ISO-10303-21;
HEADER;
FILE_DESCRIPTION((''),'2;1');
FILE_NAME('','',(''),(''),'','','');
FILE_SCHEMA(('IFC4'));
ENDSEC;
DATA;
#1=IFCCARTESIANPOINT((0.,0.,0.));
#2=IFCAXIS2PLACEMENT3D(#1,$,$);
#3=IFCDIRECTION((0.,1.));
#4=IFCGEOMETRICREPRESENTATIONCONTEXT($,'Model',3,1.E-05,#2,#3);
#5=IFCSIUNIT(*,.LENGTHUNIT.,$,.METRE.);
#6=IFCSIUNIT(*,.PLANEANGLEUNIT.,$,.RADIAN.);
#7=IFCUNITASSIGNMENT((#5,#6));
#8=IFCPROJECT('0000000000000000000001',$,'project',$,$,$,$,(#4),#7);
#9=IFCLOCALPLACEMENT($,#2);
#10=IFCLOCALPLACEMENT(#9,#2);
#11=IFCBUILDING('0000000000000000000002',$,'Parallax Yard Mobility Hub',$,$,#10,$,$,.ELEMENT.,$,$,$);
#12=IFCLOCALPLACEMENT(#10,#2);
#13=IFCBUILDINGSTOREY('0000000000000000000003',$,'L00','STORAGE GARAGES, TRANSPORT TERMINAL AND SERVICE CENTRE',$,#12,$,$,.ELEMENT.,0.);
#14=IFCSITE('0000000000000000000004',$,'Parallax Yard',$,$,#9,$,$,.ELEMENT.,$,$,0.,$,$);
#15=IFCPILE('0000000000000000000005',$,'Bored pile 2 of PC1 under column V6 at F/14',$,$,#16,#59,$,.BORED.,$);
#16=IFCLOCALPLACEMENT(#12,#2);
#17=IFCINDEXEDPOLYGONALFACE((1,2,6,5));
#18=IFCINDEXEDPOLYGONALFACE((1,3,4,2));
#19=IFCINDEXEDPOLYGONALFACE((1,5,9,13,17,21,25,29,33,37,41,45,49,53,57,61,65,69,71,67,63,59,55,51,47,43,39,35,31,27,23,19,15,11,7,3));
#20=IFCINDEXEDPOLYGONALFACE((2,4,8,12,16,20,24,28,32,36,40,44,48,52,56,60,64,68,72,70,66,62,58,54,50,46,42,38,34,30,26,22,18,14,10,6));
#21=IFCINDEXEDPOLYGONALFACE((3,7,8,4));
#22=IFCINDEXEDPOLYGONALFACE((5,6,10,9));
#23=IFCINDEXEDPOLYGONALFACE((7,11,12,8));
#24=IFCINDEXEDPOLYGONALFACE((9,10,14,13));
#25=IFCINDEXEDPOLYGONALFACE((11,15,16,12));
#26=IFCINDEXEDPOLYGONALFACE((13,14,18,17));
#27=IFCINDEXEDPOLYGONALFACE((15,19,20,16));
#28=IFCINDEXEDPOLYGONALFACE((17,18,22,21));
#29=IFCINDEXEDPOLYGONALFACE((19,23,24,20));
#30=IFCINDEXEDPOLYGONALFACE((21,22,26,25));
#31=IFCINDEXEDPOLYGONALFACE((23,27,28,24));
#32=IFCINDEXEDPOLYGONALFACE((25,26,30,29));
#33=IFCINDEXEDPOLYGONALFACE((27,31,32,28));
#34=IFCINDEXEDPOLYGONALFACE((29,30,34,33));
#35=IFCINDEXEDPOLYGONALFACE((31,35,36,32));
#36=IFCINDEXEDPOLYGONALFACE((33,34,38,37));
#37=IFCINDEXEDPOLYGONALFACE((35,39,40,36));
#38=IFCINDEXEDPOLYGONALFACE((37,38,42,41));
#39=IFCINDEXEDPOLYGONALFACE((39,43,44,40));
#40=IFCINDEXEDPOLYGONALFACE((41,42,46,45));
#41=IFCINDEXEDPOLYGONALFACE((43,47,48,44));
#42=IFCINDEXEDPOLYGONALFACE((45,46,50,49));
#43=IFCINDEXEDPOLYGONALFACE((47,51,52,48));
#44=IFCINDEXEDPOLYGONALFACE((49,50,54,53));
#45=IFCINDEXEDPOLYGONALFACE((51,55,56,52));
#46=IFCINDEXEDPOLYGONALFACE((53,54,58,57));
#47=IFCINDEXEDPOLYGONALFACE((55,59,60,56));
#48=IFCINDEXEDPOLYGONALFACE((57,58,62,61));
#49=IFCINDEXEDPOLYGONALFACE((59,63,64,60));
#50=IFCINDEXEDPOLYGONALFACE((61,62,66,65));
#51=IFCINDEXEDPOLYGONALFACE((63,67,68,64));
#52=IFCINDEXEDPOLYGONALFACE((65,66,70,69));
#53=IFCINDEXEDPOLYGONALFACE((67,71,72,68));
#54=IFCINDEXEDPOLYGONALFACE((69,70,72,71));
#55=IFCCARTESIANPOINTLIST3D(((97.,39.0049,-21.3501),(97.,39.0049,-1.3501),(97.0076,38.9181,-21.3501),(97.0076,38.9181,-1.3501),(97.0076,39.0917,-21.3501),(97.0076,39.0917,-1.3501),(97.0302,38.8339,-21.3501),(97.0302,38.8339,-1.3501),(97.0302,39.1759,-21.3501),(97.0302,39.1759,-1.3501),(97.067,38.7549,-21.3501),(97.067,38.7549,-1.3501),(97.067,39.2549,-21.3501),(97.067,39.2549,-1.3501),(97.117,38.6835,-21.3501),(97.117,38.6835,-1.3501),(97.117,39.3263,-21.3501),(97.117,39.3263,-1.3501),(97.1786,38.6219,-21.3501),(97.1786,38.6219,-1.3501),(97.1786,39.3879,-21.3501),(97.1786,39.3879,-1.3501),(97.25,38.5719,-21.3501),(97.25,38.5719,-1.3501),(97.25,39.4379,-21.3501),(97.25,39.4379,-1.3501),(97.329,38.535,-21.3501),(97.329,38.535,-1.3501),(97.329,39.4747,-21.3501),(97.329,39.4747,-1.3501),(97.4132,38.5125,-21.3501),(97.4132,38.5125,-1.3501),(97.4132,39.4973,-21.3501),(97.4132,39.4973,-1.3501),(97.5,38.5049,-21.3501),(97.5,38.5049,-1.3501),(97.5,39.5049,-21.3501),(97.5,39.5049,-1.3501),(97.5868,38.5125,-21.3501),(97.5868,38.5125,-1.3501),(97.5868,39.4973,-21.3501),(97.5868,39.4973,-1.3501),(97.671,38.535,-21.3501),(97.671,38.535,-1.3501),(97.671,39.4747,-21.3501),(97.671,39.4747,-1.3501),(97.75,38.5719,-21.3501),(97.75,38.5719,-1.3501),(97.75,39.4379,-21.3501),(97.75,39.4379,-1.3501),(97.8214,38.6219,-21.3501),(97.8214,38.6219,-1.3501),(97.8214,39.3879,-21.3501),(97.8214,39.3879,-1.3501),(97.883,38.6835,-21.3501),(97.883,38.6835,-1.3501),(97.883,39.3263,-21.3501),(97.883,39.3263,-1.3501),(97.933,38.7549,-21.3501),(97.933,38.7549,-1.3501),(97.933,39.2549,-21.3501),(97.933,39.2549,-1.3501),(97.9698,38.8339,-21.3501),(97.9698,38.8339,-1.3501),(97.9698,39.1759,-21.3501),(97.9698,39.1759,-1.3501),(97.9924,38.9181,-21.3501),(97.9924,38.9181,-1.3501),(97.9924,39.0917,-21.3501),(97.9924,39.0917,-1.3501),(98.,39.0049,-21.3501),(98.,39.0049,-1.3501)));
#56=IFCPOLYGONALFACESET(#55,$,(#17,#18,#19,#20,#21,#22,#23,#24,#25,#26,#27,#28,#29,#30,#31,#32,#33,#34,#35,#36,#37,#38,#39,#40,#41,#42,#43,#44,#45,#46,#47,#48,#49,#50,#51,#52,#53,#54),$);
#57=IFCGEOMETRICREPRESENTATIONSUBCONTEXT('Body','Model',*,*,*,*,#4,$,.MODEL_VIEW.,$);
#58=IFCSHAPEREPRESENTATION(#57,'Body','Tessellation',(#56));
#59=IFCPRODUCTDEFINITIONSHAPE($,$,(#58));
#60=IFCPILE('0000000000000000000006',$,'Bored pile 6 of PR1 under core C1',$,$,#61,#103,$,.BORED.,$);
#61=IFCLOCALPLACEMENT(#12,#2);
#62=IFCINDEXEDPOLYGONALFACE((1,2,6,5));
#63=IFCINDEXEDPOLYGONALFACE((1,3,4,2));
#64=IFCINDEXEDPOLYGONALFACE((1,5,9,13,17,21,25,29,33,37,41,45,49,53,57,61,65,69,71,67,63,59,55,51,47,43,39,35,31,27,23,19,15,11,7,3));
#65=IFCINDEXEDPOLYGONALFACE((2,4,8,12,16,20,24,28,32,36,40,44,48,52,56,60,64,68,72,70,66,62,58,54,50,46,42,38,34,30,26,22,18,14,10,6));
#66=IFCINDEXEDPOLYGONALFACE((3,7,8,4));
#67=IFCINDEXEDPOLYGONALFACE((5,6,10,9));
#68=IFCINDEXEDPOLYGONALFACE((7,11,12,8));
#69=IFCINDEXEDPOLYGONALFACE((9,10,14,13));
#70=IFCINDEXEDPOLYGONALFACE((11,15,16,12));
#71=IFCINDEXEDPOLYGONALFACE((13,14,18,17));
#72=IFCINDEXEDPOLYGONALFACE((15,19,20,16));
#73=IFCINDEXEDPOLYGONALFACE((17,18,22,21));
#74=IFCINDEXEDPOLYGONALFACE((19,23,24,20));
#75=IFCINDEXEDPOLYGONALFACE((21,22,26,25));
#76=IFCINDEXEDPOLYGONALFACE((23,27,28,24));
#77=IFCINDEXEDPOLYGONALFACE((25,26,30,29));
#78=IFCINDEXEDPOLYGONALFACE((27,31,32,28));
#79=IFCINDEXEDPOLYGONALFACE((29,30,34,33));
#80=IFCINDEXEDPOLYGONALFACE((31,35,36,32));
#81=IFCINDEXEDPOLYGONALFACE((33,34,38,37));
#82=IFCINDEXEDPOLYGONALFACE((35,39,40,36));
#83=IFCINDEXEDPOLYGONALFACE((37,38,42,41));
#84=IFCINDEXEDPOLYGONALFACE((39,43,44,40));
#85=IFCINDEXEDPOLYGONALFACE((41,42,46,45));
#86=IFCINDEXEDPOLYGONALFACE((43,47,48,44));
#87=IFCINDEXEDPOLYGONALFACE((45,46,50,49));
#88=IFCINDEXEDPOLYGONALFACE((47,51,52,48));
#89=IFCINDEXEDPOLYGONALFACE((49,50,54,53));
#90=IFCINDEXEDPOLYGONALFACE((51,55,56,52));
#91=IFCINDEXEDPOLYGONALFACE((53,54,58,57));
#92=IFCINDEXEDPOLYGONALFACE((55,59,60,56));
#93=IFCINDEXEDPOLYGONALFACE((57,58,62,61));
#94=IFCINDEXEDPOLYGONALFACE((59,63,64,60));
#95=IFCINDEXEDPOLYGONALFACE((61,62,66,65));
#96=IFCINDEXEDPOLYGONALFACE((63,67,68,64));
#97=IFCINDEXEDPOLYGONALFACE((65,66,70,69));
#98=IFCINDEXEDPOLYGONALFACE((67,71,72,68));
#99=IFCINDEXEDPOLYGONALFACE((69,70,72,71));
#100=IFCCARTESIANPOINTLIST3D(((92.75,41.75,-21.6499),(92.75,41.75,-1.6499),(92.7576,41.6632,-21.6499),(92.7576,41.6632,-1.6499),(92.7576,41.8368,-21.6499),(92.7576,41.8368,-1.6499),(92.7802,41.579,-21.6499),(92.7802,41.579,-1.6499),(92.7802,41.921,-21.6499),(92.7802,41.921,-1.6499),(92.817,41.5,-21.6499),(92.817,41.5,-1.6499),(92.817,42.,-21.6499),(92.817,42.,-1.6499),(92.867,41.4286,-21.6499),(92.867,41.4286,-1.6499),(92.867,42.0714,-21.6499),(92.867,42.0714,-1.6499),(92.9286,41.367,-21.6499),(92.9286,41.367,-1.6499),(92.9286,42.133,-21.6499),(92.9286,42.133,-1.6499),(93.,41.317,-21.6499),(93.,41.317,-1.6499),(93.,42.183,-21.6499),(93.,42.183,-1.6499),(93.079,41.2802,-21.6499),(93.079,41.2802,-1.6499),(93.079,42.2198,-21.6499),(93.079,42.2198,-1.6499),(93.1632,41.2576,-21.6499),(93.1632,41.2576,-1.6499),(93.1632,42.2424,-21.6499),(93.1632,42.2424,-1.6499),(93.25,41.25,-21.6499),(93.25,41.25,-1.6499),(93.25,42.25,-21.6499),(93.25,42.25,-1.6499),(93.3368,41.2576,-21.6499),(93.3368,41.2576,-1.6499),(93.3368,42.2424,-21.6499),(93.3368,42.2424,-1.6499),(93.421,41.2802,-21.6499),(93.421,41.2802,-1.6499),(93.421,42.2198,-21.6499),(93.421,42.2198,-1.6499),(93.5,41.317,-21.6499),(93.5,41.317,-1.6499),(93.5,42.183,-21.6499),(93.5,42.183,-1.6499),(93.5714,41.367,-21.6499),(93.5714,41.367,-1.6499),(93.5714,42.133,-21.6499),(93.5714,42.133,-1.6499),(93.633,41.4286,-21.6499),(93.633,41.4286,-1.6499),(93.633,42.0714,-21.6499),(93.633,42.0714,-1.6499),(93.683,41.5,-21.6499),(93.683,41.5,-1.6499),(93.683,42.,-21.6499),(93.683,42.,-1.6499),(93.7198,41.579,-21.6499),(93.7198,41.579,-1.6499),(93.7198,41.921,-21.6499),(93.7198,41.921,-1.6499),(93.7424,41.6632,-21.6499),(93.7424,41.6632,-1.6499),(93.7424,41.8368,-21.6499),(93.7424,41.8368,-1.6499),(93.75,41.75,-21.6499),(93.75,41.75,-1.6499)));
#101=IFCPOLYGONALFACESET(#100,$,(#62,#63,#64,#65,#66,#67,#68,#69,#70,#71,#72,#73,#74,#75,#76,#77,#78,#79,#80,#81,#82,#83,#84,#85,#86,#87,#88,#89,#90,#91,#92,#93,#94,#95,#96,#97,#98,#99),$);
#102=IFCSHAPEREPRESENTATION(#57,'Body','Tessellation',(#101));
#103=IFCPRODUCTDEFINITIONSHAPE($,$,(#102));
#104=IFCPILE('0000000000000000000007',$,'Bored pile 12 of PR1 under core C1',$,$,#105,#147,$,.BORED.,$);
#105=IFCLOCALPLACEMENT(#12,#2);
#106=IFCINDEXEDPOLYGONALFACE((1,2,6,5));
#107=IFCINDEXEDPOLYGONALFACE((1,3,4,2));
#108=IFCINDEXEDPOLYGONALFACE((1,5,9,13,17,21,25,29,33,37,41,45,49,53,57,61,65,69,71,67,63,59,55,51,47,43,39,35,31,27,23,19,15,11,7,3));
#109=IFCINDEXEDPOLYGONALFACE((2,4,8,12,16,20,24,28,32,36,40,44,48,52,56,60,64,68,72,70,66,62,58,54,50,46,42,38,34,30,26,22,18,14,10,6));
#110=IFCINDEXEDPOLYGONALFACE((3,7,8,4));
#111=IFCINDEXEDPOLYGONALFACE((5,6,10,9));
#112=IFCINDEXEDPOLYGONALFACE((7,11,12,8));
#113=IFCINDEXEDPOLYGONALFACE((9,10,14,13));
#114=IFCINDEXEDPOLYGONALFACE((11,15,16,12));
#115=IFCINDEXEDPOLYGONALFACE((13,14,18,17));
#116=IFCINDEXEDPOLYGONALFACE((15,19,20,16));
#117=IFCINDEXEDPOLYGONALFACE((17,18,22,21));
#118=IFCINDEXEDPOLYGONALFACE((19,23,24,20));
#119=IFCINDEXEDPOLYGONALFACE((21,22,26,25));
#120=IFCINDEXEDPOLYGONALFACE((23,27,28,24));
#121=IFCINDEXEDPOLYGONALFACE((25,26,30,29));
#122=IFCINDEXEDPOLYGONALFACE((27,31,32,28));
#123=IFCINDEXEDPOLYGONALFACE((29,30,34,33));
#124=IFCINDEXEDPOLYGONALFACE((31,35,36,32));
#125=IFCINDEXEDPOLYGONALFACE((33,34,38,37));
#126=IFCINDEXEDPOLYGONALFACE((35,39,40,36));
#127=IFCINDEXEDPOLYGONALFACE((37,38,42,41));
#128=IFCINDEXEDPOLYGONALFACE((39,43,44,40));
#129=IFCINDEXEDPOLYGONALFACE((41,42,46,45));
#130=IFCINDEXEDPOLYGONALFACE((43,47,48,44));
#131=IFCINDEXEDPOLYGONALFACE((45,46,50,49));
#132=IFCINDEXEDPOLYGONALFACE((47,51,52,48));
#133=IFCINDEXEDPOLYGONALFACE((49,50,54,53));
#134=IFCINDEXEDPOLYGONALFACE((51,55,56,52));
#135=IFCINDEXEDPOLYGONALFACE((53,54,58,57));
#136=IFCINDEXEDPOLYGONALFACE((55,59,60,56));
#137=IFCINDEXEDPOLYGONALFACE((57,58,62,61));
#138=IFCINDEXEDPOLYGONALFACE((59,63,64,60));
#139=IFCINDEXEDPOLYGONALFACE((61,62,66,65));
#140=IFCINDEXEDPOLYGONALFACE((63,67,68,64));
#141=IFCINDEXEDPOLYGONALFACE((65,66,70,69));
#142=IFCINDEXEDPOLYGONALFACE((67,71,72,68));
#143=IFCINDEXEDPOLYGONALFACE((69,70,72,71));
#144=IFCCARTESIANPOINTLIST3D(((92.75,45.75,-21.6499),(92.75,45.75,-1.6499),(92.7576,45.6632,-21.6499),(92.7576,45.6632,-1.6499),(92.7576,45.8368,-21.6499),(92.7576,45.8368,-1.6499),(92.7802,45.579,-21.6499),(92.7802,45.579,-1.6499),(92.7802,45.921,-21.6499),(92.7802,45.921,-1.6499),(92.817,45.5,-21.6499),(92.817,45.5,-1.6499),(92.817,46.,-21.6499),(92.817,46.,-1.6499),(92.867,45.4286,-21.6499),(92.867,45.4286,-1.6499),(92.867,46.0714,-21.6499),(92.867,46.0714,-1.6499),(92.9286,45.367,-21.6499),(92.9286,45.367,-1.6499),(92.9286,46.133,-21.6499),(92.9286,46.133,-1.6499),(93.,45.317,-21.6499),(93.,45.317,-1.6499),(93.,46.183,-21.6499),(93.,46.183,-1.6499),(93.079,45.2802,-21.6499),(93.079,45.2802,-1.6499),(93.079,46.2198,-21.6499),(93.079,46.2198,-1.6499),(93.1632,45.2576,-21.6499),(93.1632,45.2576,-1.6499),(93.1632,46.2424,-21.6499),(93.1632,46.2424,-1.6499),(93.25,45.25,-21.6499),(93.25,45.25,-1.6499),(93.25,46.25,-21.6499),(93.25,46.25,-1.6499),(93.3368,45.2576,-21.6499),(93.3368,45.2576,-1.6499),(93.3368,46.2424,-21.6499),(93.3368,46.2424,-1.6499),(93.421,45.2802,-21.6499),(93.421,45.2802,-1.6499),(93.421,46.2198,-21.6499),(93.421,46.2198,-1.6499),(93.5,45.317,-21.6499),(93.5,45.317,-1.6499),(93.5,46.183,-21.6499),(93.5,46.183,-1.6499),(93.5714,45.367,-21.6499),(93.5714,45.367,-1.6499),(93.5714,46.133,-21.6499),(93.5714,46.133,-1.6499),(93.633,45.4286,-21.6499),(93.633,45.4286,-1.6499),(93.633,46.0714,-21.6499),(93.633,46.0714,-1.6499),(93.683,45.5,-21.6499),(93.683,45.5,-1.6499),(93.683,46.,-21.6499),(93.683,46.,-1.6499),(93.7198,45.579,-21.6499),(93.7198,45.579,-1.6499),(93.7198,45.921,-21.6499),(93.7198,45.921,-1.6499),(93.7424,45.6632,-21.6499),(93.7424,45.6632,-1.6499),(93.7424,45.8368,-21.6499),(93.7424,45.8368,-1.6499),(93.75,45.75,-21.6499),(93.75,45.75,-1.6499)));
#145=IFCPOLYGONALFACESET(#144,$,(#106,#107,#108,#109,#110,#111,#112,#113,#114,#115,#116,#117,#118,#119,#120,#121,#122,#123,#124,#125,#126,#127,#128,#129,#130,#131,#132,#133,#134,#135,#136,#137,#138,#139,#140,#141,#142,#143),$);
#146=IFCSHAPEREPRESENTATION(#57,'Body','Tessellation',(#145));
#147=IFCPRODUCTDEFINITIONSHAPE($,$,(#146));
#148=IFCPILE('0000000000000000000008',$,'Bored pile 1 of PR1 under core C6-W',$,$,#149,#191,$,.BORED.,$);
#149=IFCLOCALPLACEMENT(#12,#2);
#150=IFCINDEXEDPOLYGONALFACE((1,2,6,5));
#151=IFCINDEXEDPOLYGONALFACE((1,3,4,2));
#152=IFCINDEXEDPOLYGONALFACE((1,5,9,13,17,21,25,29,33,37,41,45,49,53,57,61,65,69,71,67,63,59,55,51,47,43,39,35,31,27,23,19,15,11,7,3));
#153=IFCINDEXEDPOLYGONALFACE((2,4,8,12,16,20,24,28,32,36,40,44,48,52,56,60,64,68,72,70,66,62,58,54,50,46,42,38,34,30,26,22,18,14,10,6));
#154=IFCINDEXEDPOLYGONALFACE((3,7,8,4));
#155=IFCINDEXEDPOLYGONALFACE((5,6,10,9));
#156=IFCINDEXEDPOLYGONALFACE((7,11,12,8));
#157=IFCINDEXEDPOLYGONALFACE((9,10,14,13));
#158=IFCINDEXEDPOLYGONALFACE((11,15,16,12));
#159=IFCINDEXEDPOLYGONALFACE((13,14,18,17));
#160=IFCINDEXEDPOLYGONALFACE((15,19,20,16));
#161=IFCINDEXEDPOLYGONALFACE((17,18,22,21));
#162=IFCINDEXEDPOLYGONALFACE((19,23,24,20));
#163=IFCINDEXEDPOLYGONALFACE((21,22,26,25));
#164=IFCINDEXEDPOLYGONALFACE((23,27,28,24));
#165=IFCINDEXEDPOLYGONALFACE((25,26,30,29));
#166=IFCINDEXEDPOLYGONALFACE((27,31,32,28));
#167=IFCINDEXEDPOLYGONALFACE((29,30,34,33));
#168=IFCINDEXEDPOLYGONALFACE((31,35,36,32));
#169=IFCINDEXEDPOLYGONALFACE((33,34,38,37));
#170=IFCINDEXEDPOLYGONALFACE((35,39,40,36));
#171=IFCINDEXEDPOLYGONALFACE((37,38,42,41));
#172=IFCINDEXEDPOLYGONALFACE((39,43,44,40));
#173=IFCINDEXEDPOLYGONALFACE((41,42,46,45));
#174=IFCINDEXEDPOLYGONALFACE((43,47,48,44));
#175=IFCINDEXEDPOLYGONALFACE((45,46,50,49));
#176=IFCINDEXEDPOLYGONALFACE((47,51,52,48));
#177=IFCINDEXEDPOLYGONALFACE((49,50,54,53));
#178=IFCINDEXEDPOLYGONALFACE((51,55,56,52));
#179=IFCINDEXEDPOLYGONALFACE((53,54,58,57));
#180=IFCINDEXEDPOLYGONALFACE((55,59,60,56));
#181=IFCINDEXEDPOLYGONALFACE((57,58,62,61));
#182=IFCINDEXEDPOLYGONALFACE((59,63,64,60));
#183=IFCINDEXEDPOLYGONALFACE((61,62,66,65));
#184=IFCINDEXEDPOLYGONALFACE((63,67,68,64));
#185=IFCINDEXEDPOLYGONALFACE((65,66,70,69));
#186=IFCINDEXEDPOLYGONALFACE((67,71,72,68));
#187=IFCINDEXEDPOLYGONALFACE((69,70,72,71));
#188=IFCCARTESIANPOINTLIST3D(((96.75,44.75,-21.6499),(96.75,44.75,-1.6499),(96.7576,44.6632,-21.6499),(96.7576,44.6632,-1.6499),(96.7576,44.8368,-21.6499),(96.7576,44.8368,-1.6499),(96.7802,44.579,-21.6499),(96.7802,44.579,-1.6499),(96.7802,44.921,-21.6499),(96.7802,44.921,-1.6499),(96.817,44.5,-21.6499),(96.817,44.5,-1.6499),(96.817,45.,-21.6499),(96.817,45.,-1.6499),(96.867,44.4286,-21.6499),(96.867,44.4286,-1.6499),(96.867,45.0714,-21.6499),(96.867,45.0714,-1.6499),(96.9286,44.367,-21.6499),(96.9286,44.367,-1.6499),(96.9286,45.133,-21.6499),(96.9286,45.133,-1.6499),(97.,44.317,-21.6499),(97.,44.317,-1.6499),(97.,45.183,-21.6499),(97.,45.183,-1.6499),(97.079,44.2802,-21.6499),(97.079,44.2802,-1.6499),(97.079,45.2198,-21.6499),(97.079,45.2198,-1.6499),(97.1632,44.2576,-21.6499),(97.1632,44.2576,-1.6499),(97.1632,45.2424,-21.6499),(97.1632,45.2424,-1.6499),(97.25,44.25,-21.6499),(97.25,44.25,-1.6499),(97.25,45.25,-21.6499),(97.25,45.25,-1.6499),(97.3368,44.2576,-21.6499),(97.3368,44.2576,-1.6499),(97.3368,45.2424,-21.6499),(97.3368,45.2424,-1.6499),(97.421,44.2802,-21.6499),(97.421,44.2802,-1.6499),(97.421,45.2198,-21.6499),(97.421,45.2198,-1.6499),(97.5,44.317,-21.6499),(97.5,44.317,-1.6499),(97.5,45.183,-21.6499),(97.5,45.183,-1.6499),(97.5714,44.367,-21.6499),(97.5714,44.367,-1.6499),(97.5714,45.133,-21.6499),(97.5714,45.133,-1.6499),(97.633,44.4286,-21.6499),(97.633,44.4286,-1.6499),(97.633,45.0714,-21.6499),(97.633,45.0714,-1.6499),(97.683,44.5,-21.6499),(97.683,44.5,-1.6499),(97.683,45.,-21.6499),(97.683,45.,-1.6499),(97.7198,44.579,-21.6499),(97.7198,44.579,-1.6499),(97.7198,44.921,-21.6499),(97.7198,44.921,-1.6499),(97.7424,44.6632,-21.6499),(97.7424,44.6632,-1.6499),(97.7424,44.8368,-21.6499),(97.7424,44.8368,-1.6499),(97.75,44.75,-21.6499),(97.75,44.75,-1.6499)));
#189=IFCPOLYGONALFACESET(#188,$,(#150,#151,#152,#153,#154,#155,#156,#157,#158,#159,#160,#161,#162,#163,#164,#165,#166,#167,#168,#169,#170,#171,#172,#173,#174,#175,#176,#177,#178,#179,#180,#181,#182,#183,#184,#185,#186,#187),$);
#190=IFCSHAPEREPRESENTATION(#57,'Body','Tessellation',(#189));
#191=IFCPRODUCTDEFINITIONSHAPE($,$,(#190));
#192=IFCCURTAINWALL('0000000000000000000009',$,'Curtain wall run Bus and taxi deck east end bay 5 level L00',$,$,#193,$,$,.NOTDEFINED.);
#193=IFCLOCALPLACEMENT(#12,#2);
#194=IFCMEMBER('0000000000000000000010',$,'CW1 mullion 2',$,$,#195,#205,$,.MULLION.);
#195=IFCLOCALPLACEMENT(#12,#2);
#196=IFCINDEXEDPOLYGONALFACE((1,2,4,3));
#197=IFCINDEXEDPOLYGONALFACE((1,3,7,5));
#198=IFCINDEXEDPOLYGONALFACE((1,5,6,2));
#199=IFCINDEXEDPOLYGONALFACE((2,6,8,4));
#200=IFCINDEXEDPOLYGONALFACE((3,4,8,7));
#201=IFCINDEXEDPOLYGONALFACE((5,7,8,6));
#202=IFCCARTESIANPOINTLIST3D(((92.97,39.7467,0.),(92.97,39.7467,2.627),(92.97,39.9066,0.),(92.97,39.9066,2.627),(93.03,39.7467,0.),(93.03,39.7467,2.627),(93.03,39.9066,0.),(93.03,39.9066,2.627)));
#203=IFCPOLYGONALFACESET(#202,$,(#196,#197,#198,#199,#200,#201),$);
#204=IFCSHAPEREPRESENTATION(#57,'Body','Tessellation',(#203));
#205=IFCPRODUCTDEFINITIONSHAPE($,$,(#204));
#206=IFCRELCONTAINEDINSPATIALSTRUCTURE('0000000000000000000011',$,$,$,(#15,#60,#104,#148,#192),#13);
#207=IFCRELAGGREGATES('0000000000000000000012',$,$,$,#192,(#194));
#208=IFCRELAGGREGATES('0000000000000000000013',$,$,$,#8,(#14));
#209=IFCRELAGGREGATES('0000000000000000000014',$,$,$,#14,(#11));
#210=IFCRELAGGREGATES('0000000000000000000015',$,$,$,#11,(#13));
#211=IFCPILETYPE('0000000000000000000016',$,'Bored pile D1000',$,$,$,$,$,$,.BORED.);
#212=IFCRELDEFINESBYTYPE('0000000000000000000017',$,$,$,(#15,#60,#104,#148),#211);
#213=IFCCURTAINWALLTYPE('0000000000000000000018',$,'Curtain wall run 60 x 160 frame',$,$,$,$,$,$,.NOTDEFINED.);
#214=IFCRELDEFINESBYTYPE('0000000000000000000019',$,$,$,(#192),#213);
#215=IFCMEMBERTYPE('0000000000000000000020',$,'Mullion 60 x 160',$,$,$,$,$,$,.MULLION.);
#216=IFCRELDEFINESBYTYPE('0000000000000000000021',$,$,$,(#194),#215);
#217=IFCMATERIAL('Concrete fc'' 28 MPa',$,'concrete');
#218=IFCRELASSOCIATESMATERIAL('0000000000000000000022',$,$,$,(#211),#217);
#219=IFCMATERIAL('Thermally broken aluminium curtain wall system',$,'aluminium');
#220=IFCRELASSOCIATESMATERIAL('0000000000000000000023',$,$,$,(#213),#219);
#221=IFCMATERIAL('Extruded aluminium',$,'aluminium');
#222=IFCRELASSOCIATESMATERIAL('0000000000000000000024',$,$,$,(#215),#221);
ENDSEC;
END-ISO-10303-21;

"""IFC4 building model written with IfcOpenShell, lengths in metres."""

from ifc_helpers import new_model, si_unit, direction, frame, origin, origin_2d, place, context, subcontext, project, spatial, rectangle, circle, extrude, material, material_profile, profile_set, type_object, element, aggregate, save


model = new_model("IFC4")

# Units and contexts
model_context = context("Model", 3, precision=1e-05, world=origin(), true_north=direction((0.0, 1.0)))
body_context = subcontext(model_context, "Body", "Model", "MODEL_VIEW")
ifc_project = project(units=[si_unit("LENGTHUNIT", "METRE"), si_unit("PLANEANGLEUNIT", "RADIAN")], contexts=[model_context])

# Site, building, storey
site_placement = place(None, origin())
site = spatial("IfcSite", under=ifc_project, at=site_placement, Name="Parallax Yard", CompositionType="ELEMENT", RefElevation=0.0)
building_placement = place(site_placement, origin())
building = spatial("IfcBuilding", under=site, at=building_placement, Name="Parallax Yard Mobility Hub", CompositionType="ELEMENT")
storey_placement = place(building_placement, origin())
storey = spatial("IfcBuildingStorey", under=building, at=storey_placement, Name="L00", Description="STORAGE GARAGES, TRANSPORT TERMINAL AND SERVICE CENTRE", CompositionType="ELEMENT", Elevation=0.0)

# Piles
ifc_material_1 = material(Name="Concrete fc' 28 MPa", Category="concrete")
ifc_material_profile_1 = material_profile(ifc_material_1, circle(Radius=0.5, at=origin_2d()), Name="Bored pile D1000")
ifc_profile_set_1 = profile_set([ifc_material_profile_1], Name="Concrete fc' 28 MPa")
pile_type = type_object("IfcPileType", Name="Bored pile D1000", PredefinedType="BORED", material=ifc_profile_set_1)
for number, where, z_axis, x_axis, name in (
    (1, (97.5, 39.0049, -1.3501), (0.0, 0.0, -1.0), (1.0, 0.0, 0.0), "Bored pile 2 of PC1 under column V6 at F/14"),
    (2, (93.25, 41.75, -1.6499), (0.0, 0.0, -1.0), (1.0, 0.0, 0.0), "Bored pile 6 of PR1 under core C1"),
    (3, (93.25, 45.75, -1.6499), (0.0, 0.0, -1.0), (1.0, 0.0, 0.0), "Bored pile 12 of PR1 under core C1"),
    (4, (97.25, 44.75, -1.6499), (0.0, 0.0, -1.0), (1.0, 0.0, 0.0), "Bored pile 1 of PR1 under core C6-W"),
):
    element("IfcPile", number, at=place(storey_placement, frame(where, z_axis=z_axis, x_axis=x_axis)), inside=storey, type_object=pile_type, Name=name, PredefinedType="BORED", context=body_context, shape_type="SweptSolid", body=[
        extrude(circle(Radius=0.5, at=origin_2d()), origin(), (0.0, 0.0, 1.0), 20.0),
    ])

# Curtain wall, member
ifc_material_2 = material(Name="Thermally broken aluminium curtain wall system", Category="aluminium")
curtain_wall_type = type_object("IfcCurtainWallType", Name="Curtain wall run 60 x 160 frame", PredefinedType="NOTDEFINED", material=ifc_material_2)
curtain_wall_1_placement = place(storey_placement, origin())
curtain_wall_1 = element("IfcCurtainWall", 5, at=curtain_wall_1_placement, inside=storey, type_object=curtain_wall_type, Name="Curtain wall run Bus and taxi deck east end bay 5 level L00", PredefinedType="NOTDEFINED")
ifc_material_3 = material(Name="Extruded aluminium", Category="aluminium")
ifc_material_profile_2 = material_profile(ifc_material_3, rectangle(XDim=0.0601, YDim=0.1599, at=origin_2d()), Name="Mullion 60 x 160")
ifc_profile_set_2 = profile_set([ifc_material_profile_2], Name="Extruded aluminium")
member_type_1 = type_object("IfcMemberType", Name="Mullion 60 x 160", PredefinedType="MULLION", material=ifc_profile_set_2)
member_1_placement = place(storey_placement, frame((93.0, 39.8267, 0.0), z_axis=(0.0, 0.0, 1.0), x_axis=(-1.0, 0.0, 0.0)))
member_1 = element("IfcMember", 6, at=member_1_placement, type_object=member_type_1, Name="CW1 mullion 2", PredefinedType="MULLION", context=body_context, shape_type="SweptSolid", body=[
    extrude(rectangle(XDim=0.0601, YDim=0.1599, at=origin_2d()), origin(), (0.0, 0.0, 1.0), 2.627),
])

aggregate(curtain_wall_1, [member_1])

save(model, "model.ifc")
